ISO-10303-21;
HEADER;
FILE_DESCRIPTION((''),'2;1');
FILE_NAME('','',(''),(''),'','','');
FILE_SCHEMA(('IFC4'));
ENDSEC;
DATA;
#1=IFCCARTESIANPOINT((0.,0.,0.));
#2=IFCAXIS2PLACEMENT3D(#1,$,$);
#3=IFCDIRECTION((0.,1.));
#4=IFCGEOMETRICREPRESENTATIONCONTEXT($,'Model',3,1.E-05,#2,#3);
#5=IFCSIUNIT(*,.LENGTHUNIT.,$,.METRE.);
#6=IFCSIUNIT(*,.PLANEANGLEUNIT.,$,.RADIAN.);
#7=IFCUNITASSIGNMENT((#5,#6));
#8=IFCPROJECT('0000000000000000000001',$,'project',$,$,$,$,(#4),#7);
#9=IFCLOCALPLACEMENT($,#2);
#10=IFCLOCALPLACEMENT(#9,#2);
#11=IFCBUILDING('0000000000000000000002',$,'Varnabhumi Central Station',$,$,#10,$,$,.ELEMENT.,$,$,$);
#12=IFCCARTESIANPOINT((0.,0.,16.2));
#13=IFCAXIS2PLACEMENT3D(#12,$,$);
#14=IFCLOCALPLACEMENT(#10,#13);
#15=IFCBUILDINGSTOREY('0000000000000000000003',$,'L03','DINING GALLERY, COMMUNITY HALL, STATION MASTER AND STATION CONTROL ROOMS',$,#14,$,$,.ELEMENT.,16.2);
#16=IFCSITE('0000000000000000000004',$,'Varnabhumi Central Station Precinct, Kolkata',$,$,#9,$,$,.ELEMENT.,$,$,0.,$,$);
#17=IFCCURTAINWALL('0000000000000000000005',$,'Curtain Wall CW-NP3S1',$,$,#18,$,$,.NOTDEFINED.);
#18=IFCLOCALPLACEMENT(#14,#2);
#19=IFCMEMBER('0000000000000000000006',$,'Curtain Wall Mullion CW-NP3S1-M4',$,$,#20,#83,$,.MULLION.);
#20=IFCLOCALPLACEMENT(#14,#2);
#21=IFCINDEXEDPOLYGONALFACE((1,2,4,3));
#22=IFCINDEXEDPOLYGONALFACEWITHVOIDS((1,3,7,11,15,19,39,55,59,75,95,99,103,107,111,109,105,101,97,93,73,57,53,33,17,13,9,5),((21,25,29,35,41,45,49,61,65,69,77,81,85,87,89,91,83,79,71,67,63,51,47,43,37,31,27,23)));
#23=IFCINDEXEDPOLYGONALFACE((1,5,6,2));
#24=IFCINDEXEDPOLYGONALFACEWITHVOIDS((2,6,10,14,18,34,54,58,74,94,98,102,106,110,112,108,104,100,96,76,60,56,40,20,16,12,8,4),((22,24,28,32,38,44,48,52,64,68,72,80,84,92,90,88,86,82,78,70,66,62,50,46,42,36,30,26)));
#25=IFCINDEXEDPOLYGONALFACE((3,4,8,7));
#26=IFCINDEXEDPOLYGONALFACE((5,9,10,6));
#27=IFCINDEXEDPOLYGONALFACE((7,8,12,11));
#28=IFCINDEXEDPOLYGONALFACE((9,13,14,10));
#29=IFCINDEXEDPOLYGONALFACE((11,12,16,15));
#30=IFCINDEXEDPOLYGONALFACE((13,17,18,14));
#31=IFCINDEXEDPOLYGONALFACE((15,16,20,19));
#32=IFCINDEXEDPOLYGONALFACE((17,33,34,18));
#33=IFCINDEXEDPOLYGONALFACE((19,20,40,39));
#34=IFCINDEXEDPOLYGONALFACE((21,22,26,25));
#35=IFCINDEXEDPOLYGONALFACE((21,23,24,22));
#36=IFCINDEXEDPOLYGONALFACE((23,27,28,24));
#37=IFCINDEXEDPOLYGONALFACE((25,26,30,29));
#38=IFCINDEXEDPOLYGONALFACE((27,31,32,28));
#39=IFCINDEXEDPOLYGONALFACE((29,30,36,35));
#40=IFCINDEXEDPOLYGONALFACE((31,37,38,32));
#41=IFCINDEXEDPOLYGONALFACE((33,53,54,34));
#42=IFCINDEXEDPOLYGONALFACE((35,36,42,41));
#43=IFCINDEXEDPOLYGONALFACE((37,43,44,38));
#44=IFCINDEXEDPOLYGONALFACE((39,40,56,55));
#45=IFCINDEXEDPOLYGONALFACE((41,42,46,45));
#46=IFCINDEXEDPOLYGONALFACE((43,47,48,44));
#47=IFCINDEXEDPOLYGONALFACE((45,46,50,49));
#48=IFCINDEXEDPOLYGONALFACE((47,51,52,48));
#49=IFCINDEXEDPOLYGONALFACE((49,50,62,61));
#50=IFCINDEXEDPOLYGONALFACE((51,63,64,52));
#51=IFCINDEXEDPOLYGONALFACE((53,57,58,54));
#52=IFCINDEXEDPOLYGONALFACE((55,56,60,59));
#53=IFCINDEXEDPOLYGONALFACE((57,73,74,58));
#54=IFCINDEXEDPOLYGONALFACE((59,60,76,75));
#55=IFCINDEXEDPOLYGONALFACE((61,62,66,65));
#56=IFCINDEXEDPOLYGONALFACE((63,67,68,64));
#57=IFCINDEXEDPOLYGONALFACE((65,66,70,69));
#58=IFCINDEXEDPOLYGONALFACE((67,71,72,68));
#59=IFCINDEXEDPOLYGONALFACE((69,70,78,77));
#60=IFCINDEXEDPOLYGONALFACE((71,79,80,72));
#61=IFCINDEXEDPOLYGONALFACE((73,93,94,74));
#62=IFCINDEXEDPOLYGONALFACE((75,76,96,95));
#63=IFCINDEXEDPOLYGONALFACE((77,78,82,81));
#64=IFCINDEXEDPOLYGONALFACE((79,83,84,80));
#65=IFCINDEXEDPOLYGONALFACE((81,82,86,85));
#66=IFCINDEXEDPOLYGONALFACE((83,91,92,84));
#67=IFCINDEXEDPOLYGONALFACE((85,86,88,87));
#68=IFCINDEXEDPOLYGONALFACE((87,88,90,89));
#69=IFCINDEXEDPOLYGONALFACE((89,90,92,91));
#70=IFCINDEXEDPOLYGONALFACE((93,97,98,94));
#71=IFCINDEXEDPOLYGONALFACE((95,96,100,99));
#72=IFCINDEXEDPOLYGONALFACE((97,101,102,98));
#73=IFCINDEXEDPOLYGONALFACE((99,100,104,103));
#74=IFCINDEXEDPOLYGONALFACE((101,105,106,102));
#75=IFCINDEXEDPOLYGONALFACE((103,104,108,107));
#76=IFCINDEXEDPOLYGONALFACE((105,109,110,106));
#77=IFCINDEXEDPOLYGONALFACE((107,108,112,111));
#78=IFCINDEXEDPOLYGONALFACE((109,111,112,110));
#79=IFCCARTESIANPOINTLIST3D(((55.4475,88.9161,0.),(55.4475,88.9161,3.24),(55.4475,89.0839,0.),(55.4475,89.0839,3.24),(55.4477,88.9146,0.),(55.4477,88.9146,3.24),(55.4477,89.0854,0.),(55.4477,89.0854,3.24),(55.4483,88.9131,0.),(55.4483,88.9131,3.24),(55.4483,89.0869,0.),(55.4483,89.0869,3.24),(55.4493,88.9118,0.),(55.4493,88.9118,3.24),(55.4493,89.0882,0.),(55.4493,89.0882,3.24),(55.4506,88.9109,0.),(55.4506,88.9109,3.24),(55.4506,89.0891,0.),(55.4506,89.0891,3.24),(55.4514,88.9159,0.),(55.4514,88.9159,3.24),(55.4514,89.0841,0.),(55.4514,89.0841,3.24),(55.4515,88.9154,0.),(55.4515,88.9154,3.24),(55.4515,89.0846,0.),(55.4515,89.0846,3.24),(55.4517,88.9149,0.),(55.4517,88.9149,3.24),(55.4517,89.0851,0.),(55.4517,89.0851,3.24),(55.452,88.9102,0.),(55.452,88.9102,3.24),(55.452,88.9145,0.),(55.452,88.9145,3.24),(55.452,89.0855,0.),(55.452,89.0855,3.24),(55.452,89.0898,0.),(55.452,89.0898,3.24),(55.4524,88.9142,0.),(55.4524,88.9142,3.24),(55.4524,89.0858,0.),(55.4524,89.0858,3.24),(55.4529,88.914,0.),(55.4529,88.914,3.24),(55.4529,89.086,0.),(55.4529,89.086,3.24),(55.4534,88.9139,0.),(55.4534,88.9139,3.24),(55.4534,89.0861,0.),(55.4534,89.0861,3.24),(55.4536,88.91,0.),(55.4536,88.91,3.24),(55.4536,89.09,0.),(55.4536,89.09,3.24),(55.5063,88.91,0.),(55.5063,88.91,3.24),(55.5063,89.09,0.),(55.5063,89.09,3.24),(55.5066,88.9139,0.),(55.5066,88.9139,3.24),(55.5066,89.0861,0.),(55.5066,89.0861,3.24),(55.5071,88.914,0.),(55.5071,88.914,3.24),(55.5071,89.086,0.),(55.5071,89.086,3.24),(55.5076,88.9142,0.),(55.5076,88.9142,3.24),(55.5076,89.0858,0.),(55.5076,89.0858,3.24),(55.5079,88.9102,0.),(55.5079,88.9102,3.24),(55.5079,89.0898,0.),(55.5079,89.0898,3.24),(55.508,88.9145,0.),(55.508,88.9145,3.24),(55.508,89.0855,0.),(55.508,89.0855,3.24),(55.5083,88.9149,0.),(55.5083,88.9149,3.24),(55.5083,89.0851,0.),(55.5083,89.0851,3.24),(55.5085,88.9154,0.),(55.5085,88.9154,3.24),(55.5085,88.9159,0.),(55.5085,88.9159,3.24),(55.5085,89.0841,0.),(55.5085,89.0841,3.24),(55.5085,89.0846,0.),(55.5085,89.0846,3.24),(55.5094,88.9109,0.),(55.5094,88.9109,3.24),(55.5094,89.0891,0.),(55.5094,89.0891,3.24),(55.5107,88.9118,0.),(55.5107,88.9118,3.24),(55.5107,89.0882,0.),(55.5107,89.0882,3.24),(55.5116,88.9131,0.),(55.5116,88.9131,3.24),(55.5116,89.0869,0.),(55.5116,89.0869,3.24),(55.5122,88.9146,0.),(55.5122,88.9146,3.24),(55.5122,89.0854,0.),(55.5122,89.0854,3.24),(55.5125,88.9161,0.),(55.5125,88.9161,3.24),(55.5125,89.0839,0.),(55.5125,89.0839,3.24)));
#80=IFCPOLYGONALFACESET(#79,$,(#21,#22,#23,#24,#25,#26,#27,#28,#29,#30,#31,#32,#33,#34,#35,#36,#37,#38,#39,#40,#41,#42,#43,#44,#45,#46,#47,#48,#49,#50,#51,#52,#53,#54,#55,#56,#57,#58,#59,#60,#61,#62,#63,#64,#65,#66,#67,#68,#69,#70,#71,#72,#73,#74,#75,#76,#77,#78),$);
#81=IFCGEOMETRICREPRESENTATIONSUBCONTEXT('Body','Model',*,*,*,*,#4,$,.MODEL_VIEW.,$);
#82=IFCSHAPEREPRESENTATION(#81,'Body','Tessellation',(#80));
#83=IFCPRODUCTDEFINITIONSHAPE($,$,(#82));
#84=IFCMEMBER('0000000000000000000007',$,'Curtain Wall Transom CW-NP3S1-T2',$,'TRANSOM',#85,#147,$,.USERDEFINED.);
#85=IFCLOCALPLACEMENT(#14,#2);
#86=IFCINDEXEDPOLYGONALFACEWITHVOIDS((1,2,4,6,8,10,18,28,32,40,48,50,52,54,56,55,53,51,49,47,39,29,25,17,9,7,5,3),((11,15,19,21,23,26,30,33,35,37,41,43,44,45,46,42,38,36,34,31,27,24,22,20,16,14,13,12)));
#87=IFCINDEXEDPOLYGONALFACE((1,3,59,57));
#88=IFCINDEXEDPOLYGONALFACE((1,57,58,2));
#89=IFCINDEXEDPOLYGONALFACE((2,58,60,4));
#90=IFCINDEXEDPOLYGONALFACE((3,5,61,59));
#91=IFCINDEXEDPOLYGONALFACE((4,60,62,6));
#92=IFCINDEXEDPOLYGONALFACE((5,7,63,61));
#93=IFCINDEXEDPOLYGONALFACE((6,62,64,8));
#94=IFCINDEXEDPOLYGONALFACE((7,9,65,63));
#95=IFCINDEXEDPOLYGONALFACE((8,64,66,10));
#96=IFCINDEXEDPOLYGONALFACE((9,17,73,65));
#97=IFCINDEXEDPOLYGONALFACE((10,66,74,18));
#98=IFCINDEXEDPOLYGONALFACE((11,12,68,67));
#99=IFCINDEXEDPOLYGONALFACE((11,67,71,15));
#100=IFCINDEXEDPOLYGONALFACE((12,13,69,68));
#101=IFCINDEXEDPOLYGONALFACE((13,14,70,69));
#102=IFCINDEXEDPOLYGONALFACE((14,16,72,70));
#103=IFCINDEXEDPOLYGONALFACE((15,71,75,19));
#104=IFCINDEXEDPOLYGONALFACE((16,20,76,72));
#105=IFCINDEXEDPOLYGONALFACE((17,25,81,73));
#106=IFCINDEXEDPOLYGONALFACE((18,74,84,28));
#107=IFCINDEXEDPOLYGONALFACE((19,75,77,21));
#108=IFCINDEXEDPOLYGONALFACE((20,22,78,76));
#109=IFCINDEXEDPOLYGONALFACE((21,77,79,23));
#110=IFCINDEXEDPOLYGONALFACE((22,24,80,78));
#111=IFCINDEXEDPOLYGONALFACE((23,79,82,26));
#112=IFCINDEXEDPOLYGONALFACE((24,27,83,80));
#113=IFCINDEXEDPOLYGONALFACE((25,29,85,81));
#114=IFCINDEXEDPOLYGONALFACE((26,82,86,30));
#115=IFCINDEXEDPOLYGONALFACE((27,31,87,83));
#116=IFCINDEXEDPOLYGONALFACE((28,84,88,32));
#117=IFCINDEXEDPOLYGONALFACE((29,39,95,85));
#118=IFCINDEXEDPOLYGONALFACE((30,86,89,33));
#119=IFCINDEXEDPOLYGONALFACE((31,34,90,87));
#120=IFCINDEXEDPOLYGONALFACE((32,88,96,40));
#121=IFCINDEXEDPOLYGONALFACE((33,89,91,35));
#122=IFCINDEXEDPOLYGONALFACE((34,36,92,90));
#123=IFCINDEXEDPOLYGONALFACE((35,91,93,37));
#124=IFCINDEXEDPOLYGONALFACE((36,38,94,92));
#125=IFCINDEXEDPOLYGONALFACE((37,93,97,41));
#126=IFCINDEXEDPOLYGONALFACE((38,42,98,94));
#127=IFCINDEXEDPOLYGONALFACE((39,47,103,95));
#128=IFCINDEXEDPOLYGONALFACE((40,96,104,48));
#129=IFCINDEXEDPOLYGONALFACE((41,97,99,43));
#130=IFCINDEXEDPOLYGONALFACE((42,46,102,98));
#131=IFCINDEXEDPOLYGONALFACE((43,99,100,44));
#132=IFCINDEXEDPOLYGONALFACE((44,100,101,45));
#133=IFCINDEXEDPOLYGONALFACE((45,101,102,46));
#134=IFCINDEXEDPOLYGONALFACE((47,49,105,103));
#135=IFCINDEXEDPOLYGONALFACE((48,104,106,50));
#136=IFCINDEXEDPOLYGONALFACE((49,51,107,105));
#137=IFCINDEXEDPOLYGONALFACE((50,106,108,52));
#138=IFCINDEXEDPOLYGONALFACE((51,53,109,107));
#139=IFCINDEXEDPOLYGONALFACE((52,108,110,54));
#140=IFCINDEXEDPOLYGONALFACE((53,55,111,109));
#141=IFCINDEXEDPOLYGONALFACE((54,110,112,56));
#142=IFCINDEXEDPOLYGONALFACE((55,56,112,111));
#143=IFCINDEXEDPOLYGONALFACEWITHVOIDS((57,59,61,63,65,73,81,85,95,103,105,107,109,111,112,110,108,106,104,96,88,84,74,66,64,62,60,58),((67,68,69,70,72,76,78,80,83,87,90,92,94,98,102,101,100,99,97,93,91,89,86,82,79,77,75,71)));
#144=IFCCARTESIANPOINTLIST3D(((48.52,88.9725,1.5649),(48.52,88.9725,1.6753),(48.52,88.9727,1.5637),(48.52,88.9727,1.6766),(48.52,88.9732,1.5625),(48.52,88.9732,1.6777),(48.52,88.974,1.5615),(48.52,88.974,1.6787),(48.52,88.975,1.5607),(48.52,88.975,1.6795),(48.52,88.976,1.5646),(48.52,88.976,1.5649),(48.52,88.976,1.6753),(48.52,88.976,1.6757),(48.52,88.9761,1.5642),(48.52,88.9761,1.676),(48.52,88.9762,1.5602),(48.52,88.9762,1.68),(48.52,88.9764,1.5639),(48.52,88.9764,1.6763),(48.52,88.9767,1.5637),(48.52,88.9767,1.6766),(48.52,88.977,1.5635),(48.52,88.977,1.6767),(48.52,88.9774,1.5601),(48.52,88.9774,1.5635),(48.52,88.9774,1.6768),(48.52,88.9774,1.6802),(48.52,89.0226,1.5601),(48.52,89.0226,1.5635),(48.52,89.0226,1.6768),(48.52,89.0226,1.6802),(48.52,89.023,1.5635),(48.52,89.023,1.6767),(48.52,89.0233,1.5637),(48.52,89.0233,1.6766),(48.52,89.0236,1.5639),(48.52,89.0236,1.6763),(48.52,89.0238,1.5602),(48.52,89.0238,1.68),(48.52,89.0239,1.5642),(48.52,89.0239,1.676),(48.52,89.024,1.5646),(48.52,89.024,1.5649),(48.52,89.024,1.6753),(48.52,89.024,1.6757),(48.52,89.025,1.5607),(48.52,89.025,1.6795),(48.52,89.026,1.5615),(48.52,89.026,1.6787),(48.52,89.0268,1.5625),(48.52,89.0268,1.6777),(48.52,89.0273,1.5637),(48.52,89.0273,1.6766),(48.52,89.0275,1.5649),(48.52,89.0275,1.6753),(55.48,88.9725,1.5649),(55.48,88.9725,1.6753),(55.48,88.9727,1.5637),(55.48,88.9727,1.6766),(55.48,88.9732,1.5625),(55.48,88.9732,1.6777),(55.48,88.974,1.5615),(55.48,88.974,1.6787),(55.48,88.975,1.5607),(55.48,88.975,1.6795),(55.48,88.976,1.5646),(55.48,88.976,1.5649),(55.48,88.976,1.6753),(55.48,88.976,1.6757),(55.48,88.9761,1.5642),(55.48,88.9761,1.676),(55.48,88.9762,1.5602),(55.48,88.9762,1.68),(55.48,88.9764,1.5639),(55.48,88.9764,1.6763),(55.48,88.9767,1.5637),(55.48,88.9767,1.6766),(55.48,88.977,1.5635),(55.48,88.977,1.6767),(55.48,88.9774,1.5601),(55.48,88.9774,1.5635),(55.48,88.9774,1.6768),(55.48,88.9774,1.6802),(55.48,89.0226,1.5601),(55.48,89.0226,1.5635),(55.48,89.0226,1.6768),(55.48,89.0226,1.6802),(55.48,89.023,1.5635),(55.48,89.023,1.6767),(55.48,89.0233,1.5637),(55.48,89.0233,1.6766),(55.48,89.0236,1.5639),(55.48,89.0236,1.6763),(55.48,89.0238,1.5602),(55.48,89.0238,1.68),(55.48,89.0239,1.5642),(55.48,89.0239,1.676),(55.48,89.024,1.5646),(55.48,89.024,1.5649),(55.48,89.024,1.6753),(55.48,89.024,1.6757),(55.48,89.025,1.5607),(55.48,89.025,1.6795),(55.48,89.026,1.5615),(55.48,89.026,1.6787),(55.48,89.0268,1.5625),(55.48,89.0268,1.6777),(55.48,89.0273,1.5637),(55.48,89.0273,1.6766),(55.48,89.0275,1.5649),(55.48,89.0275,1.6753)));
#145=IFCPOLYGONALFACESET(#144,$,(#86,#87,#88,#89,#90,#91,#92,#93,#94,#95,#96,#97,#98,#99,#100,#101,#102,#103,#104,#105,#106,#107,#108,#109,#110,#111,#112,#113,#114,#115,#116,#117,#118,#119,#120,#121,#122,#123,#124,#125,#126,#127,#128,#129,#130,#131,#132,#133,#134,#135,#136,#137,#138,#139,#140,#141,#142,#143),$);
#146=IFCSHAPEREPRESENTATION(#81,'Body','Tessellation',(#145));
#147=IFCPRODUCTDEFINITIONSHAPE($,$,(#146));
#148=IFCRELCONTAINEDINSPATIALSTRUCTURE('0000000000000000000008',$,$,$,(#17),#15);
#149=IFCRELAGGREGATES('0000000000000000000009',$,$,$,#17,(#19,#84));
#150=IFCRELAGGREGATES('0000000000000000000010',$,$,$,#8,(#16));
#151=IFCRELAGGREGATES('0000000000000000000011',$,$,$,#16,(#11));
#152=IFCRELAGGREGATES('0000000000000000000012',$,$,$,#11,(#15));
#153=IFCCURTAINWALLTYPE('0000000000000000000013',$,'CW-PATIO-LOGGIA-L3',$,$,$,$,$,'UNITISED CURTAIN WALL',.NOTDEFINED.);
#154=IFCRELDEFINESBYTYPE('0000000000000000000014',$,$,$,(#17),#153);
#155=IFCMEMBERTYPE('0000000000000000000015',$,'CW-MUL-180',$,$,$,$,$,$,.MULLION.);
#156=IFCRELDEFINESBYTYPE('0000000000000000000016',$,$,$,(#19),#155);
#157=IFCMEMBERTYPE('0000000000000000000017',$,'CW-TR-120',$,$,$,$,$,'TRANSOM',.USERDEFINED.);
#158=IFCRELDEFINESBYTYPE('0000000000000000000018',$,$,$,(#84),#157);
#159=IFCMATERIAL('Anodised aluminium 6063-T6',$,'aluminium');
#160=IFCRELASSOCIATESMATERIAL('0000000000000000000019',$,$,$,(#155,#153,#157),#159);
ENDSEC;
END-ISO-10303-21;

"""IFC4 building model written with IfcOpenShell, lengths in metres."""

from ifc_helpers import new_model, si_unit, direction, frame, origin, origin_2d, place, context, subcontext, project, spatial, hollow_rectangle, extrude, material, material_profile, profile_set, type_object, element, aggregate, save


model = new_model("IFC4")

# Units and contexts
model_context = context("Model", 3, precision=1e-05, world=origin(), true_north=direction((0.0, 1.0)))
body_context = subcontext(model_context, "Body", "Model", "MODEL_VIEW")
ifc_project = project(units=[si_unit("LENGTHUNIT", "METRE"), si_unit("PLANEANGLEUNIT", "RADIAN")], contexts=[model_context])

# Site, building, storey
site_placement = place(None, origin())
site = spatial("IfcSite", under=ifc_project, at=site_placement, Name="Varnabhumi Central Station Precinct, Kolkata", CompositionType="ELEMENT", RefElevation=0.0)
building_placement = place(site_placement, origin())
building = spatial("IfcBuilding", under=site, at=building_placement, Name="Varnabhumi Central Station", CompositionType="ELEMENT")
storey_placement = place(building_placement, frame((0.0, 0.0, 16.2)))
storey = spatial("IfcBuildingStorey", under=building, at=storey_placement, Name="L03", Description="DINING GALLERY, COMMUNITY HALL, STATION MASTER AND STATION CONTROL ROOMS", CompositionType="ELEMENT", Elevation=16.2)

# Curtain wall, members
ifc_material_1 = material(Name="Anodised aluminium 6063-T6", Category="aluminium")
ifc_material_profile_1 = material_profile(ifc_material_1, hollow_rectangle(XDim=0.0649, YDim=0.1799, WallThickness=0.0039, InnerFilletRadius=0.002, OuterFilletRadius=0.0061, at=origin_2d()), Name="Anodised aluminium 6063-T6", Category="aluminium")
ifc_profile_set_1 = profile_set([ifc_material_profile_1], Name="Anodised aluminium 6063-T6")
member_type_1 = type_object("IfcMemberType", Name="CW-MUL-180", PredefinedType="MULLION", material=ifc_profile_set_1)
curtain_wall_type_1 = type_object("IfcCurtainWallType", Name="CW-PATIO-LOGGIA-L3", ElementType="UNITISED CURTAIN WALL", PredefinedType="NOTDEFINED", material=ifc_material_1)
curtain_wall_1_placement = place(storey_placement, origin())
curtain_wall_1 = element("IfcCurtainWall", 1, at=curtain_wall_1_placement, inside=storey, type_object=curtain_wall_type_1, Name="Curtain Wall CW-NP3S1", PredefinedType="NOTDEFINED")
member_1_placement = place(storey_placement, frame((55.48, 89.0, 0.0), z_axis=(0.0, 0.0, 1.0), x_axis=(1.0, 0.0, 0.0)))
member_1 = element("IfcMember", 2, at=member_1_placement, type_object=member_type_1, Name="Curtain Wall Mullion CW-NP3S1-M4", PredefinedType="MULLION", context=body_context, shape_type="SweptSolid", body=[
    extrude(hollow_rectangle(XDim=0.0649, YDim=0.1799, WallThickness=0.0039, InnerFilletRadius=0.002, OuterFilletRadius=0.0061, at=origin_2d()), origin(), (0.0, 0.0, 1.0), 3.24),
])
ifc_material_profile_2 = material_profile(ifc_material_1, hollow_rectangle(XDim=0.0549, YDim=0.1201, WallThickness=0.0034, InnerFilletRadius=0.0015, OuterFilletRadius=0.0049, at=origin_2d()), Name="Anodised aluminium 6063-T6", Category="aluminium")
ifc_profile_set_2 = profile_set([ifc_material_profile_2], Name="Anodised aluminium 6063-T6")
member_type_2 = type_object("IfcMemberType", Name="CW-TR-120", ElementType="TRANSOM", PredefinedType="USERDEFINED", material=ifc_profile_set_2)
member_2_placement = place(storey_placement, frame((48.52, 89.0, 1.6201), z_axis=(1.0, 0.0, 0.0), x_axis=(0.0, 1.0, 0.0)))
member_2 = element("IfcMember", 3, at=member_2_placement, type_object=member_type_2, Name="Curtain Wall Transom CW-NP3S1-T2", ObjectType="TRANSOM", PredefinedType="USERDEFINED", context=body_context, shape_type="SweptSolid", body=[
    extrude(hollow_rectangle(XDim=0.0549, YDim=0.1201, WallThickness=0.0034, InnerFilletRadius=0.0015, OuterFilletRadius=0.0049, at=origin_2d()), origin(), (0.0, 0.0, 1.0), 6.96),
])

aggregate(curtain_wall_1, [member_1, member_2])

save(model, "model.ifc")
